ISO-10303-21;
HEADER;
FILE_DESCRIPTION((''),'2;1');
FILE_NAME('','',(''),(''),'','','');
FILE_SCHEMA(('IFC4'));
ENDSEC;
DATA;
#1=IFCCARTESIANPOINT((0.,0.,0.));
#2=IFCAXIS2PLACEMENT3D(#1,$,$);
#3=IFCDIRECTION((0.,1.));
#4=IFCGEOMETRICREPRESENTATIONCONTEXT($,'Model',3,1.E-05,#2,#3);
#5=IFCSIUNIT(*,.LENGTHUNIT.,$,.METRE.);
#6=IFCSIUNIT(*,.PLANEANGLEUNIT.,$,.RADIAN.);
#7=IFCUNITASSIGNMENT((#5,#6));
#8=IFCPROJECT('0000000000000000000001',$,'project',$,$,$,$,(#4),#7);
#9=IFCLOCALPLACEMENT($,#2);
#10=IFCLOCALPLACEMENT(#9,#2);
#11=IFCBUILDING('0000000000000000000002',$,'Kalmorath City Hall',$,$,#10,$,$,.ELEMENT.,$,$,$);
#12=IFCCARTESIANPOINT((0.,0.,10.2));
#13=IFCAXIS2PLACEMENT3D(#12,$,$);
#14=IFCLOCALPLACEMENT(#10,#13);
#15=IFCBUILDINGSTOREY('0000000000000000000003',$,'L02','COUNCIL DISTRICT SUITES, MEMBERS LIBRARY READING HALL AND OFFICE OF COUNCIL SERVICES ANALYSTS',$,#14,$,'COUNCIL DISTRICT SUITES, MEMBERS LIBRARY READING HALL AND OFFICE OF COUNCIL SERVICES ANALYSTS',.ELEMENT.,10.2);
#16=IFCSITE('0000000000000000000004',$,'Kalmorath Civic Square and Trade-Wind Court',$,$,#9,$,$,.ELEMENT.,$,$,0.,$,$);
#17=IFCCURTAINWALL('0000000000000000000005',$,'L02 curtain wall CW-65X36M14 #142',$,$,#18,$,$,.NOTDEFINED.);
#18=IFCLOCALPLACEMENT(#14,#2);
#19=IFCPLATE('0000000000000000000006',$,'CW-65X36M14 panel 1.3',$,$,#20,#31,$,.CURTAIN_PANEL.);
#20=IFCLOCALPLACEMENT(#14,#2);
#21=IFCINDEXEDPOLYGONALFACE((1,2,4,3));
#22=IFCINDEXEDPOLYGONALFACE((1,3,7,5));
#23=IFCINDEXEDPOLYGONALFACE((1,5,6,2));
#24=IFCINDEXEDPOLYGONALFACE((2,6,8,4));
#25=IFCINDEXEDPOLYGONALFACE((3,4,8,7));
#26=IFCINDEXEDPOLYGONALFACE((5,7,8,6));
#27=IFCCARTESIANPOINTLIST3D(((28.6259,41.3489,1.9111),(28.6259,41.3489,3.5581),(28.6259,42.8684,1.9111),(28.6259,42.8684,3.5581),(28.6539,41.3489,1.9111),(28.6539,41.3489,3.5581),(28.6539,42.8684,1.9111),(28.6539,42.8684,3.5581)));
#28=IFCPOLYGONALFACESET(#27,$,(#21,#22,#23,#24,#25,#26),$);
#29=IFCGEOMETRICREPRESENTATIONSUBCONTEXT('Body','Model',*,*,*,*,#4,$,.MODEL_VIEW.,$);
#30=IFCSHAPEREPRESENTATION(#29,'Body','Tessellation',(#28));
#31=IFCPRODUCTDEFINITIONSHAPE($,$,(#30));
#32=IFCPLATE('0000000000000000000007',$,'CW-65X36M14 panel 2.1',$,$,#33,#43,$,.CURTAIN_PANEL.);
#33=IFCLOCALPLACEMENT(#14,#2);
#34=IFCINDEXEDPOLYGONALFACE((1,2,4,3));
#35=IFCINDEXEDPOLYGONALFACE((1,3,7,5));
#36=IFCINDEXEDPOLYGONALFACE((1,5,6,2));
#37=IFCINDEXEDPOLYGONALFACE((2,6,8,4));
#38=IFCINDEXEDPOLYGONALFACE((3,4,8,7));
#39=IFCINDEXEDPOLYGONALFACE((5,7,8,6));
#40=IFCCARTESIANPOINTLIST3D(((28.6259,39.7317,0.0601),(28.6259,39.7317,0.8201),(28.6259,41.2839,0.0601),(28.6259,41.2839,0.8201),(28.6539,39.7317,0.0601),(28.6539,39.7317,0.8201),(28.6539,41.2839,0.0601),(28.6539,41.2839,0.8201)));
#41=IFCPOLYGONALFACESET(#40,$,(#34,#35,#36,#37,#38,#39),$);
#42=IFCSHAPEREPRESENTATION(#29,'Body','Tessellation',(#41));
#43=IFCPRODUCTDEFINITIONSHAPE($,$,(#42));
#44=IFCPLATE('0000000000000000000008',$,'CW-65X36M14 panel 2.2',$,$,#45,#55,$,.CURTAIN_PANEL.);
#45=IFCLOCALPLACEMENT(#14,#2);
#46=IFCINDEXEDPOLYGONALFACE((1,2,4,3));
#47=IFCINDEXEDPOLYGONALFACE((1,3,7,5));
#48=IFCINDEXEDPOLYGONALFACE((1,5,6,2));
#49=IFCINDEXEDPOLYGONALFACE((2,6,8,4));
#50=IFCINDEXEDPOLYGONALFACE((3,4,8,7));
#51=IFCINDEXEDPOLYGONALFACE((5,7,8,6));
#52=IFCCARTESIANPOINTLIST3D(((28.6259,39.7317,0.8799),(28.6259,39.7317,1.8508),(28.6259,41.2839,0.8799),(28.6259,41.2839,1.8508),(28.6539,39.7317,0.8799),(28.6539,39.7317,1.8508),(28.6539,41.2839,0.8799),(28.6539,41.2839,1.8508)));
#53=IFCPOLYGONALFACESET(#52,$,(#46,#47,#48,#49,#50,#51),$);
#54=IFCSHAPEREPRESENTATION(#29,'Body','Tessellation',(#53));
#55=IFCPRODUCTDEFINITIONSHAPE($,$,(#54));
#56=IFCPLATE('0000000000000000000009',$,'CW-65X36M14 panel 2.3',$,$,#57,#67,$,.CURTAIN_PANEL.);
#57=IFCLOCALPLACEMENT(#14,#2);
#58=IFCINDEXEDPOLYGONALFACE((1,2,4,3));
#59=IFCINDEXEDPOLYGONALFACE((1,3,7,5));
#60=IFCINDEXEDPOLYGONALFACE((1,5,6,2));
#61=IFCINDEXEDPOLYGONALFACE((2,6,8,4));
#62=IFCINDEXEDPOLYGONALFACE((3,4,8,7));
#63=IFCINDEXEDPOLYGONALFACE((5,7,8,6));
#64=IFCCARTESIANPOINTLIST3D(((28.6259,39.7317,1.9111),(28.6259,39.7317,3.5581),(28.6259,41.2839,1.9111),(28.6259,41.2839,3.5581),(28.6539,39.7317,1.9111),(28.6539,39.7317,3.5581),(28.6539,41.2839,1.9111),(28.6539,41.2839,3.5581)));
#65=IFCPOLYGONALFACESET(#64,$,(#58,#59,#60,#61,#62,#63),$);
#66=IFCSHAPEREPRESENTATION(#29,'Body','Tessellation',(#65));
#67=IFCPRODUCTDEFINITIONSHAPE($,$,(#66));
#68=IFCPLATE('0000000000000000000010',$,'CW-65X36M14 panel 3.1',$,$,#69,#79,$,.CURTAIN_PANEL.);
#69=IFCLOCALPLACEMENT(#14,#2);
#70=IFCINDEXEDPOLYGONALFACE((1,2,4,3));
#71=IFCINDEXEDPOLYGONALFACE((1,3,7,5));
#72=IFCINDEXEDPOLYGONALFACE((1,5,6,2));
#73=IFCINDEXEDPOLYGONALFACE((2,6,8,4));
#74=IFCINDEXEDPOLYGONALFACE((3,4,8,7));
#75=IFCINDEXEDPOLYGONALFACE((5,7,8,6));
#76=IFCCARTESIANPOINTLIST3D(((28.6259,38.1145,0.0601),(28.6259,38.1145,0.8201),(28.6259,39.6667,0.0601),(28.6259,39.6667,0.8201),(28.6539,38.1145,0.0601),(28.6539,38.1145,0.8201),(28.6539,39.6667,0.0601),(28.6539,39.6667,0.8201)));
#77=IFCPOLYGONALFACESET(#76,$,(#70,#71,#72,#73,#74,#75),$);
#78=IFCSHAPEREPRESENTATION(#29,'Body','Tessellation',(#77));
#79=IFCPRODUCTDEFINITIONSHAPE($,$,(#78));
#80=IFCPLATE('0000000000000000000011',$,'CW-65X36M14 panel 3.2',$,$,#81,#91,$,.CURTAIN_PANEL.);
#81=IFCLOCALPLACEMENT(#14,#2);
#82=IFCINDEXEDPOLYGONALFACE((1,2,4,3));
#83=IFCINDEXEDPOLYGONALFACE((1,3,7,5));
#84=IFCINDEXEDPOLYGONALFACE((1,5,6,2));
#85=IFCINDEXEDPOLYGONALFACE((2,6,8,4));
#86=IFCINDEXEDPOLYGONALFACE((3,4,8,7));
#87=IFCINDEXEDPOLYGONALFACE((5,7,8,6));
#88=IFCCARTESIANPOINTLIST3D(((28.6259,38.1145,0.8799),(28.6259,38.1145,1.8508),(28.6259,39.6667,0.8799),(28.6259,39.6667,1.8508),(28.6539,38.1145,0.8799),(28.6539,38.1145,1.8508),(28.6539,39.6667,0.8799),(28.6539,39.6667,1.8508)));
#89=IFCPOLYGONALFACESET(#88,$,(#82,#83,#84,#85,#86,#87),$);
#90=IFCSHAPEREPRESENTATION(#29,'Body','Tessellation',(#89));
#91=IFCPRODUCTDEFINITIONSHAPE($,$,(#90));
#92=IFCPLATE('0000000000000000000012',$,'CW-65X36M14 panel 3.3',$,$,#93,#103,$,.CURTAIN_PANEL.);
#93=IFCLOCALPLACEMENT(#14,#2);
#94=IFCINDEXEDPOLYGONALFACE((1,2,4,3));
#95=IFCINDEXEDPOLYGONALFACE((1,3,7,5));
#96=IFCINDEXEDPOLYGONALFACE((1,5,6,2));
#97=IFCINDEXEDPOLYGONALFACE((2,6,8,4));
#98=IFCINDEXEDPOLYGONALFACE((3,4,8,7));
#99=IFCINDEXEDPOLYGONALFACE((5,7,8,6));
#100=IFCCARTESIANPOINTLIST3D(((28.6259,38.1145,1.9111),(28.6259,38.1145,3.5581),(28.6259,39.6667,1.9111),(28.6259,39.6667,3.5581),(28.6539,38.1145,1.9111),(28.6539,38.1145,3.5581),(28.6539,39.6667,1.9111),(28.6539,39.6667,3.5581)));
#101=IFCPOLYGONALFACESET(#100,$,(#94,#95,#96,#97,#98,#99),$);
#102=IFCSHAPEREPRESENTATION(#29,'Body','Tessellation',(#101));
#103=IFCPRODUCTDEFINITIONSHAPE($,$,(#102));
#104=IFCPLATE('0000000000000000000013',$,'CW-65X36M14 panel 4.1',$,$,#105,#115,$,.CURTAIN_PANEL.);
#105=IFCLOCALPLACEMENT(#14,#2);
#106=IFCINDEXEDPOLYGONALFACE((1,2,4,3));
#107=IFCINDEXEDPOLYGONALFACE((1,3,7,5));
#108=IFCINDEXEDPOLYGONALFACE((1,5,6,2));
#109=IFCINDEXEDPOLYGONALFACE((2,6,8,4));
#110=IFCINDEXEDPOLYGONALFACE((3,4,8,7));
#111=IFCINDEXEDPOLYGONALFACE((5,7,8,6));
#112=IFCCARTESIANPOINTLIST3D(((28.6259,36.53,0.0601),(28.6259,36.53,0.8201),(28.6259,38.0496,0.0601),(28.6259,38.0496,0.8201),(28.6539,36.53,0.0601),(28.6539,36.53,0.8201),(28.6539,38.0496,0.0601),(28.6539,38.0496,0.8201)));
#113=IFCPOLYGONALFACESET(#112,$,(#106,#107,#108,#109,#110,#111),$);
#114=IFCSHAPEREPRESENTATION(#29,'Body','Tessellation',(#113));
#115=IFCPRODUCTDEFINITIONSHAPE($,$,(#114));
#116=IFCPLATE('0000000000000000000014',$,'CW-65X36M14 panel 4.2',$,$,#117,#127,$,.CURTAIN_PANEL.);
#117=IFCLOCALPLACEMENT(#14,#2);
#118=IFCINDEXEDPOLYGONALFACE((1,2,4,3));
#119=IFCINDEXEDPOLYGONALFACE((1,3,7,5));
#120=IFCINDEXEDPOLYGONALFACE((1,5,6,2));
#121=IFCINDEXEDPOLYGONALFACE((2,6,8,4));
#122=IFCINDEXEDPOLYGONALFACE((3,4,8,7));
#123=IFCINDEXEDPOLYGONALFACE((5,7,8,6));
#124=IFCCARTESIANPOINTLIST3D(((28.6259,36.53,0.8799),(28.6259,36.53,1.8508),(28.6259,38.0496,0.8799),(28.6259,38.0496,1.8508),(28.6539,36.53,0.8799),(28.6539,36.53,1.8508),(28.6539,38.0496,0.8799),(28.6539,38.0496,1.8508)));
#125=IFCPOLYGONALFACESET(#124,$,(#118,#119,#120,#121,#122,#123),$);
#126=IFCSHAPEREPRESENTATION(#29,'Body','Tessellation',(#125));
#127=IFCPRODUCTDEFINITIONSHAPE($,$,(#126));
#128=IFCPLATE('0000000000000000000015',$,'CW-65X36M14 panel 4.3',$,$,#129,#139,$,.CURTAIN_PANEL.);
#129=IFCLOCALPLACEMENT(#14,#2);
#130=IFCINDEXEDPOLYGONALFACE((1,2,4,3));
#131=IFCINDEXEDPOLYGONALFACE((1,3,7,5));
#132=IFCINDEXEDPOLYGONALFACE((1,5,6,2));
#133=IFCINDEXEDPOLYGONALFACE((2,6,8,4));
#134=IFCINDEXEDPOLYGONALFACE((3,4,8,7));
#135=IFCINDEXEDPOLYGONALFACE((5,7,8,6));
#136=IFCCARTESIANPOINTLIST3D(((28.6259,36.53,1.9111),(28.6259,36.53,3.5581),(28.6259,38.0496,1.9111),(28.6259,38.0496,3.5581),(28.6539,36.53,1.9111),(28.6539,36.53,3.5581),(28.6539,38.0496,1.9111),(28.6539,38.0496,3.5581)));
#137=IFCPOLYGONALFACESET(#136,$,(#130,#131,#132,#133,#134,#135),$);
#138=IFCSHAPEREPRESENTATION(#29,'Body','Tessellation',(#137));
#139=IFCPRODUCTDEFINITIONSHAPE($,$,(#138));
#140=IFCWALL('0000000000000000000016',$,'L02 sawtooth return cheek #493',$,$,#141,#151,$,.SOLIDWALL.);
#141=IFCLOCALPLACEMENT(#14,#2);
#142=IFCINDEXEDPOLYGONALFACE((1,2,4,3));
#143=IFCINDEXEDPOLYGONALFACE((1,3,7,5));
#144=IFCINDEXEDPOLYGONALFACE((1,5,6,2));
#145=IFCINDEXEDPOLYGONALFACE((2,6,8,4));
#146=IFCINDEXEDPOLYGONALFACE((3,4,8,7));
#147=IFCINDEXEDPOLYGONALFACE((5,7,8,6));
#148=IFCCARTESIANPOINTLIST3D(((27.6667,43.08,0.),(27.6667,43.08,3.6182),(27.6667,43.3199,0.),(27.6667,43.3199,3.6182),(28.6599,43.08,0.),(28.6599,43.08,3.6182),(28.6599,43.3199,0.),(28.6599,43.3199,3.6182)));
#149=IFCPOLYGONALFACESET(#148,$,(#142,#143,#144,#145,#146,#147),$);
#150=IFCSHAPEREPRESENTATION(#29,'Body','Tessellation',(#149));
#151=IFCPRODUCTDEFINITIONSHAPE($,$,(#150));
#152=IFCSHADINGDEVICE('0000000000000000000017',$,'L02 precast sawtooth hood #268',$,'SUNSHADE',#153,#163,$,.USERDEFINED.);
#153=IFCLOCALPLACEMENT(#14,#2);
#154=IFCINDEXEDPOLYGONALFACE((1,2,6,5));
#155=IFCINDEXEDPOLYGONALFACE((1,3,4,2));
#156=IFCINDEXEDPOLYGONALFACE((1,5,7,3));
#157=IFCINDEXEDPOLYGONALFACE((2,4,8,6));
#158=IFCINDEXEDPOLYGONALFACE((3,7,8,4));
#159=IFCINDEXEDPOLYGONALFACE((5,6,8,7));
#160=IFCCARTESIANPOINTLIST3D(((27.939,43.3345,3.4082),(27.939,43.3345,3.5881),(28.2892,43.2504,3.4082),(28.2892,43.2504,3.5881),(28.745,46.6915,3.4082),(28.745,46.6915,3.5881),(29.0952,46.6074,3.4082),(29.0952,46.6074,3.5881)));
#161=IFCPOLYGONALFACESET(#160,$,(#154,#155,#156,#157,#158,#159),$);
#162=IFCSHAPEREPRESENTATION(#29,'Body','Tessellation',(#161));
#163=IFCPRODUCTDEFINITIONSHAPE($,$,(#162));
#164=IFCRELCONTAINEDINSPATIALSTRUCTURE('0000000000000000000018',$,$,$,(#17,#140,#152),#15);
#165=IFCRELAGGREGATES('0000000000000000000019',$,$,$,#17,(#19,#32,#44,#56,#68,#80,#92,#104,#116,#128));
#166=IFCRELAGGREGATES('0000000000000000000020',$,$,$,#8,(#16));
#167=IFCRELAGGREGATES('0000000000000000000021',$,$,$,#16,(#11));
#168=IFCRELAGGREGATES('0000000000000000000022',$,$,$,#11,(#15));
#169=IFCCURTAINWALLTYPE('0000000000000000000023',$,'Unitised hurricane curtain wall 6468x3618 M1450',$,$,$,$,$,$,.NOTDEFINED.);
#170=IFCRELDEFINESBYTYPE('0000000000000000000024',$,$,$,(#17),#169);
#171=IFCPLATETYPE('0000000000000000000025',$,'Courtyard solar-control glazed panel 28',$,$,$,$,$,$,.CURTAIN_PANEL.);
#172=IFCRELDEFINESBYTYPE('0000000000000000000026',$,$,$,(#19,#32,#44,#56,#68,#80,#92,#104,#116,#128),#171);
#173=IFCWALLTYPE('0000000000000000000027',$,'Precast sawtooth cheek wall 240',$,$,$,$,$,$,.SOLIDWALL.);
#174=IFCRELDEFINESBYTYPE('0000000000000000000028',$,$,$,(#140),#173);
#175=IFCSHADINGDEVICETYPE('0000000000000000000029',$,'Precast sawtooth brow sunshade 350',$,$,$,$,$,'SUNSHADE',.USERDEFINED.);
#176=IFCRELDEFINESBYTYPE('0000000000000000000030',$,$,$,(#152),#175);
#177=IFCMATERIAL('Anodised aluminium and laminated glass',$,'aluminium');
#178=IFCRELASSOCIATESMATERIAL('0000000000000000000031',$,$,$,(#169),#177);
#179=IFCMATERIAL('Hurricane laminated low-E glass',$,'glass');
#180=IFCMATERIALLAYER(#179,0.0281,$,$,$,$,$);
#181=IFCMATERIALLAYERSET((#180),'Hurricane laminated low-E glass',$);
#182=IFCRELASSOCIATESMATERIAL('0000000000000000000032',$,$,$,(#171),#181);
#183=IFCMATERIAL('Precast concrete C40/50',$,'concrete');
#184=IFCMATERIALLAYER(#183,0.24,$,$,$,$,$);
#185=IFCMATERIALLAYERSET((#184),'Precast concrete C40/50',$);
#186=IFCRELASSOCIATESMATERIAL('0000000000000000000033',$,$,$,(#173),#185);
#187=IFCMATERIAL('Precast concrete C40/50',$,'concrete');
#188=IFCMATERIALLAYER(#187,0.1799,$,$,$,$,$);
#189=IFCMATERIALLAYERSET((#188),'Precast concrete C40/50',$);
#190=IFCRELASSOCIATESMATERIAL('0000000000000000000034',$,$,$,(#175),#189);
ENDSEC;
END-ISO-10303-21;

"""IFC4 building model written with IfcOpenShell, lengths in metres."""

from ifc_helpers import new_model, si_unit, direction, frame, frame_2d, origin, origin_2d, place, context, subcontext, project, spatial, rectangle, extrude, material, layer, layer_set, type_object, element, aggregate, save


model = new_model("IFC4")

# Units and contexts
model_context = context("Model", 3, precision=1e-05, world=origin(), true_north=direction((0.0, 1.0)))
body_context = subcontext(model_context, "Body", "Model", "MODEL_VIEW")
ifc_project = project(units=[si_unit("LENGTHUNIT", "METRE"), si_unit("PLANEANGLEUNIT", "RADIAN")], contexts=[model_context])

# Site, building, storey
site_placement = place(None, origin())
site = spatial("IfcSite", under=ifc_project, at=site_placement, Name="Kalmorath Civic Square and Trade-Wind Court", CompositionType="ELEMENT", RefElevation=0.0)
building_placement = place(site_placement, origin())
building = spatial("IfcBuilding", under=site, at=building_placement, Name="Kalmorath City Hall", CompositionType="ELEMENT")
storey_placement = place(building_placement, frame((0.0, 0.0, 10.2)))
storey = spatial("IfcBuildingStorey", under=building, at=storey_placement, Name="L02", Description="COUNCIL DISTRICT SUITES, MEMBERS LIBRARY READING HALL AND OFFICE OF COUNCIL SERVICES ANALYSTS", LongName="COUNCIL DISTRICT SUITES, MEMBERS LIBRARY READING HALL AND OFFICE OF COUNCIL SERVICES ANALYSTS", CompositionType="ELEMENT", Elevation=10.2)

# Curtain wall
ifc_material_1 = material(Name="Anodised aluminium and laminated glass", Category="aluminium")
curtain_wall_type = type_object("IfcCurtainWallType", Name="Unitised hurricane curtain wall 6468x3618 M1450", PredefinedType="NOTDEFINED", material=ifc_material_1)
curtain_wall_placement = place(storey_placement, origin())
curtain_wall = element("IfcCurtainWall", 1, at=curtain_wall_placement, inside=storey, type_object=curtain_wall_type, Name="L02 curtain wall CW-65X36M14 #142", PredefinedType="NOTDEFINED")

# Plates
ifc_material_2 = material(Name="Hurricane laminated low-E glass", Category="glass")
ifc_layer_1 = layer(ifc_material_2, 0.0281)
ifc_layer_set_1 = layer_set([ifc_layer_1], Name="Hurricane laminated low-E glass")
plate_type = type_object("IfcPlateType", Name="Courtyard solar-control glazed panel 28", PredefinedType="CURTAIN_PANEL", material=ifc_layer_set_1)
plate_1_placement = place(storey_placement, frame((28.6399, 42.1086, 1.9111), z_axis=(0.0, 0.0, 1.0), x_axis=(0.0, -1.0, 0.0)))
plate_1 = element("IfcPlate", 2, at=plate_1_placement, type_object=plate_type, Name="CW-65X36M14 panel 1.3", PredefinedType="CURTAIN_PANEL", context=body_context, shape_type="SweptSolid", body=[
    extrude(rectangle(XDim=1.5195, YDim=0.0281, at=origin_2d()), origin(), (0.0, 0.0, 1.0), 1.647),
])
plate_2_placement = place(storey_placement, frame((28.6399, 40.5078, 0.0601), z_axis=(0.0, 0.0, 1.0), x_axis=(0.0, -1.0, 0.0)))
plate_2 = element("IfcPlate", 3, at=plate_2_placement, type_object=plate_type, Name="CW-65X36M14 panel 2.1", PredefinedType="CURTAIN_PANEL", context=body_context, shape_type="SweptSolid", body=[
    extrude(rectangle(XDim=1.5522, YDim=0.0281, at=origin_2d()), origin(), (0.0, 0.0, 1.0), 0.76),
])
plate_3_placement = place(storey_placement, frame((28.6399, 40.5078, 0.8799), z_axis=(0.0, 0.0, 1.0), x_axis=(0.0, -1.0, 0.0)))
plate_3 = element("IfcPlate", 4, at=plate_3_placement, type_object=plate_type, Name="CW-65X36M14 panel 2.2", PredefinedType="CURTAIN_PANEL", context=body_context, shape_type="SweptSolid", body=[
    extrude(rectangle(XDim=1.5522, YDim=0.0281, at=origin_2d()), origin(), (0.0, 0.0, 1.0), 0.9709),
])
plate_4_placement = place(storey_placement, frame((28.6399, 40.5078, 1.9111), z_axis=(0.0, 0.0, 1.0), x_axis=(0.0, -1.0, 0.0)))
plate_4 = element("IfcPlate", 5, at=plate_4_placement, type_object=plate_type, Name="CW-65X36M14 panel 2.3", PredefinedType="CURTAIN_PANEL", context=body_context, shape_type="SweptSolid", body=[
    extrude(rectangle(XDim=1.5522, YDim=0.0281, at=origin_2d()), origin(), (0.0, 0.0, 1.0), 1.647),
])
plate_5_placement = place(storey_placement, frame((28.6399, 38.8906, 0.0601), z_axis=(0.0, 0.0, 1.0), x_axis=(0.0, -1.0, 0.0)))
plate_5 = element("IfcPlate", 6, at=plate_5_placement, type_object=plate_type, Name="CW-65X36M14 panel 3.1", PredefinedType="CURTAIN_PANEL", context=body_context, shape_type="SweptSolid", body=[
    extrude(rectangle(XDim=1.5522, YDim=0.0281, at=origin_2d()), origin(), (0.0, 0.0, 1.0), 0.76),
])
plate_6_placement = place(storey_placement, frame((28.6399, 38.8906, 0.8799), z_axis=(0.0, 0.0, 1.0), x_axis=(0.0, -1.0, 0.0)))
plate_6 = element("IfcPlate", 7, at=plate_6_placement, type_object=plate_type, Name="CW-65X36M14 panel 3.2", PredefinedType="CURTAIN_PANEL", context=body_context, shape_type="SweptSolid", body=[
    extrude(rectangle(XDim=1.5522, YDim=0.0281, at=origin_2d()), origin(), (0.0, 0.0, 1.0), 0.9709),
])
plate_7_placement = place(storey_placement, frame((28.6399, 38.8906, 1.9111), z_axis=(0.0, 0.0, 1.0), x_axis=(0.0, -1.0, 0.0)))
plate_7 = element("IfcPlate", 8, at=plate_7_placement, type_object=plate_type, Name="CW-65X36M14 panel 3.3", PredefinedType="CURTAIN_PANEL", context=body_context, shape_type="SweptSolid", body=[
    extrude(rectangle(XDim=1.5522, YDim=0.0281, at=origin_2d()), origin(), (0.0, 0.0, 1.0), 1.647),
])
plate_8_placement = place(storey_placement, frame((28.6399, 37.2898, 0.0601), z_axis=(0.0, 0.0, 1.0), x_axis=(0.0, -1.0, 0.0)))
plate_8 = element("IfcPlate", 9, at=plate_8_placement, type_object=plate_type, Name="CW-65X36M14 panel 4.1", PredefinedType="CURTAIN_PANEL", context=body_context, shape_type="SweptSolid", body=[
    extrude(rectangle(XDim=1.5195, YDim=0.0281, at=origin_2d()), origin(), (0.0, 0.0, 1.0), 0.76),
])
plate_9_placement = place(storey_placement, frame((28.6399, 37.2898, 0.8799), z_axis=(0.0, 0.0, 1.0), x_axis=(0.0, -1.0, 0.0)))
plate_9 = element("IfcPlate", 10, at=plate_9_placement, type_object=plate_type, Name="CW-65X36M14 panel 4.2", PredefinedType="CURTAIN_PANEL", context=body_context, shape_type="SweptSolid", body=[
    extrude(rectangle(XDim=1.5195, YDim=0.0281, at=origin_2d()), origin(), (0.0, 0.0, 1.0), 0.9709),
])
plate_10_placement = place(storey_placement, frame((28.6399, 37.2898, 1.9111), z_axis=(0.0, 0.0, 1.0), x_axis=(0.0, -1.0, 0.0)))
plate_10 = element("IfcPlate", 11, at=plate_10_placement, type_object=plate_type, Name="CW-65X36M14 panel 4.3", PredefinedType="CURTAIN_PANEL", context=body_context, shape_type="SweptSolid", body=[
    extrude(rectangle(XDim=1.5195, YDim=0.0281, at=origin_2d()), origin(), (0.0, 0.0, 1.0), 1.647),
])
aggregate(curtain_wall, [plate_1, plate_2, plate_3, plate_4, plate_5, plate_6, plate_7, plate_8, plate_9, plate_10])

# Wall
ifc_material_3 = material(Name="Precast concrete C40/50", Category="concrete")
ifc_layer_2 = layer(ifc_material_3, 0.24)
ifc_layer_set_2 = layer_set([ifc_layer_2], Name="Precast concrete C40/50")
wall_type = type_object("IfcWallType", Name="Precast sawtooth cheek wall 240", PredefinedType="SOLIDWALL", material=ifc_layer_set_2)
wall_placement = place(storey_placement, frame((27.6667, 43.2, 0.0), z_axis=(0.0, 0.0, 1.0), x_axis=(1.0, 0.0, 0.0)))
element("IfcWall", 12, at=wall_placement, inside=storey, type_object=wall_type, Name="L02 sawtooth return cheek #493", PredefinedType="SOLIDWALL", context=body_context, shape_type="SweptSolid", body=[
    extrude(rectangle(XDim=0.9932, YDim=0.24, at=frame_2d((0.4966, 0.0))), origin(), (0.0, 0.0, 1.0), 3.6182),
])

# Shading device
ifc_material_4 = material(Name="Precast concrete C40/50", Category="concrete")
ifc_layer_3 = layer(ifc_material_4, 0.1799)
ifc_layer_set_3 = layer_set([ifc_layer_3], Name="Precast concrete C40/50")
shading_device_type = type_object("IfcShadingDeviceType", Name="Precast sawtooth brow sunshade 350", ElementType="SUNSHADE", PredefinedType="USERDEFINED", material=ifc_layer_set_3)
shading_device_placement = place(storey_placement, frame((28.5171, 44.9709, 3.4082), z_axis=(0.0, 0.0, 1.0), x_axis=(-0.233462, -0.972366, 0.0)))
element("IfcShadingDevice", 13, at=shading_device_placement, inside=storey, type_object=shading_device_type, Name="L02 precast sawtooth hood #268", ObjectType="SUNSHADE", PredefinedType="USERDEFINED", context=body_context, shape_type="SweptSolid", body=[
    extrude(rectangle(XDim=3.4524, YDim=0.3601, at=origin_2d()), origin(), (0.0, 0.0, 1.0), 0.1799),
])

save(model, "model.ifc")
